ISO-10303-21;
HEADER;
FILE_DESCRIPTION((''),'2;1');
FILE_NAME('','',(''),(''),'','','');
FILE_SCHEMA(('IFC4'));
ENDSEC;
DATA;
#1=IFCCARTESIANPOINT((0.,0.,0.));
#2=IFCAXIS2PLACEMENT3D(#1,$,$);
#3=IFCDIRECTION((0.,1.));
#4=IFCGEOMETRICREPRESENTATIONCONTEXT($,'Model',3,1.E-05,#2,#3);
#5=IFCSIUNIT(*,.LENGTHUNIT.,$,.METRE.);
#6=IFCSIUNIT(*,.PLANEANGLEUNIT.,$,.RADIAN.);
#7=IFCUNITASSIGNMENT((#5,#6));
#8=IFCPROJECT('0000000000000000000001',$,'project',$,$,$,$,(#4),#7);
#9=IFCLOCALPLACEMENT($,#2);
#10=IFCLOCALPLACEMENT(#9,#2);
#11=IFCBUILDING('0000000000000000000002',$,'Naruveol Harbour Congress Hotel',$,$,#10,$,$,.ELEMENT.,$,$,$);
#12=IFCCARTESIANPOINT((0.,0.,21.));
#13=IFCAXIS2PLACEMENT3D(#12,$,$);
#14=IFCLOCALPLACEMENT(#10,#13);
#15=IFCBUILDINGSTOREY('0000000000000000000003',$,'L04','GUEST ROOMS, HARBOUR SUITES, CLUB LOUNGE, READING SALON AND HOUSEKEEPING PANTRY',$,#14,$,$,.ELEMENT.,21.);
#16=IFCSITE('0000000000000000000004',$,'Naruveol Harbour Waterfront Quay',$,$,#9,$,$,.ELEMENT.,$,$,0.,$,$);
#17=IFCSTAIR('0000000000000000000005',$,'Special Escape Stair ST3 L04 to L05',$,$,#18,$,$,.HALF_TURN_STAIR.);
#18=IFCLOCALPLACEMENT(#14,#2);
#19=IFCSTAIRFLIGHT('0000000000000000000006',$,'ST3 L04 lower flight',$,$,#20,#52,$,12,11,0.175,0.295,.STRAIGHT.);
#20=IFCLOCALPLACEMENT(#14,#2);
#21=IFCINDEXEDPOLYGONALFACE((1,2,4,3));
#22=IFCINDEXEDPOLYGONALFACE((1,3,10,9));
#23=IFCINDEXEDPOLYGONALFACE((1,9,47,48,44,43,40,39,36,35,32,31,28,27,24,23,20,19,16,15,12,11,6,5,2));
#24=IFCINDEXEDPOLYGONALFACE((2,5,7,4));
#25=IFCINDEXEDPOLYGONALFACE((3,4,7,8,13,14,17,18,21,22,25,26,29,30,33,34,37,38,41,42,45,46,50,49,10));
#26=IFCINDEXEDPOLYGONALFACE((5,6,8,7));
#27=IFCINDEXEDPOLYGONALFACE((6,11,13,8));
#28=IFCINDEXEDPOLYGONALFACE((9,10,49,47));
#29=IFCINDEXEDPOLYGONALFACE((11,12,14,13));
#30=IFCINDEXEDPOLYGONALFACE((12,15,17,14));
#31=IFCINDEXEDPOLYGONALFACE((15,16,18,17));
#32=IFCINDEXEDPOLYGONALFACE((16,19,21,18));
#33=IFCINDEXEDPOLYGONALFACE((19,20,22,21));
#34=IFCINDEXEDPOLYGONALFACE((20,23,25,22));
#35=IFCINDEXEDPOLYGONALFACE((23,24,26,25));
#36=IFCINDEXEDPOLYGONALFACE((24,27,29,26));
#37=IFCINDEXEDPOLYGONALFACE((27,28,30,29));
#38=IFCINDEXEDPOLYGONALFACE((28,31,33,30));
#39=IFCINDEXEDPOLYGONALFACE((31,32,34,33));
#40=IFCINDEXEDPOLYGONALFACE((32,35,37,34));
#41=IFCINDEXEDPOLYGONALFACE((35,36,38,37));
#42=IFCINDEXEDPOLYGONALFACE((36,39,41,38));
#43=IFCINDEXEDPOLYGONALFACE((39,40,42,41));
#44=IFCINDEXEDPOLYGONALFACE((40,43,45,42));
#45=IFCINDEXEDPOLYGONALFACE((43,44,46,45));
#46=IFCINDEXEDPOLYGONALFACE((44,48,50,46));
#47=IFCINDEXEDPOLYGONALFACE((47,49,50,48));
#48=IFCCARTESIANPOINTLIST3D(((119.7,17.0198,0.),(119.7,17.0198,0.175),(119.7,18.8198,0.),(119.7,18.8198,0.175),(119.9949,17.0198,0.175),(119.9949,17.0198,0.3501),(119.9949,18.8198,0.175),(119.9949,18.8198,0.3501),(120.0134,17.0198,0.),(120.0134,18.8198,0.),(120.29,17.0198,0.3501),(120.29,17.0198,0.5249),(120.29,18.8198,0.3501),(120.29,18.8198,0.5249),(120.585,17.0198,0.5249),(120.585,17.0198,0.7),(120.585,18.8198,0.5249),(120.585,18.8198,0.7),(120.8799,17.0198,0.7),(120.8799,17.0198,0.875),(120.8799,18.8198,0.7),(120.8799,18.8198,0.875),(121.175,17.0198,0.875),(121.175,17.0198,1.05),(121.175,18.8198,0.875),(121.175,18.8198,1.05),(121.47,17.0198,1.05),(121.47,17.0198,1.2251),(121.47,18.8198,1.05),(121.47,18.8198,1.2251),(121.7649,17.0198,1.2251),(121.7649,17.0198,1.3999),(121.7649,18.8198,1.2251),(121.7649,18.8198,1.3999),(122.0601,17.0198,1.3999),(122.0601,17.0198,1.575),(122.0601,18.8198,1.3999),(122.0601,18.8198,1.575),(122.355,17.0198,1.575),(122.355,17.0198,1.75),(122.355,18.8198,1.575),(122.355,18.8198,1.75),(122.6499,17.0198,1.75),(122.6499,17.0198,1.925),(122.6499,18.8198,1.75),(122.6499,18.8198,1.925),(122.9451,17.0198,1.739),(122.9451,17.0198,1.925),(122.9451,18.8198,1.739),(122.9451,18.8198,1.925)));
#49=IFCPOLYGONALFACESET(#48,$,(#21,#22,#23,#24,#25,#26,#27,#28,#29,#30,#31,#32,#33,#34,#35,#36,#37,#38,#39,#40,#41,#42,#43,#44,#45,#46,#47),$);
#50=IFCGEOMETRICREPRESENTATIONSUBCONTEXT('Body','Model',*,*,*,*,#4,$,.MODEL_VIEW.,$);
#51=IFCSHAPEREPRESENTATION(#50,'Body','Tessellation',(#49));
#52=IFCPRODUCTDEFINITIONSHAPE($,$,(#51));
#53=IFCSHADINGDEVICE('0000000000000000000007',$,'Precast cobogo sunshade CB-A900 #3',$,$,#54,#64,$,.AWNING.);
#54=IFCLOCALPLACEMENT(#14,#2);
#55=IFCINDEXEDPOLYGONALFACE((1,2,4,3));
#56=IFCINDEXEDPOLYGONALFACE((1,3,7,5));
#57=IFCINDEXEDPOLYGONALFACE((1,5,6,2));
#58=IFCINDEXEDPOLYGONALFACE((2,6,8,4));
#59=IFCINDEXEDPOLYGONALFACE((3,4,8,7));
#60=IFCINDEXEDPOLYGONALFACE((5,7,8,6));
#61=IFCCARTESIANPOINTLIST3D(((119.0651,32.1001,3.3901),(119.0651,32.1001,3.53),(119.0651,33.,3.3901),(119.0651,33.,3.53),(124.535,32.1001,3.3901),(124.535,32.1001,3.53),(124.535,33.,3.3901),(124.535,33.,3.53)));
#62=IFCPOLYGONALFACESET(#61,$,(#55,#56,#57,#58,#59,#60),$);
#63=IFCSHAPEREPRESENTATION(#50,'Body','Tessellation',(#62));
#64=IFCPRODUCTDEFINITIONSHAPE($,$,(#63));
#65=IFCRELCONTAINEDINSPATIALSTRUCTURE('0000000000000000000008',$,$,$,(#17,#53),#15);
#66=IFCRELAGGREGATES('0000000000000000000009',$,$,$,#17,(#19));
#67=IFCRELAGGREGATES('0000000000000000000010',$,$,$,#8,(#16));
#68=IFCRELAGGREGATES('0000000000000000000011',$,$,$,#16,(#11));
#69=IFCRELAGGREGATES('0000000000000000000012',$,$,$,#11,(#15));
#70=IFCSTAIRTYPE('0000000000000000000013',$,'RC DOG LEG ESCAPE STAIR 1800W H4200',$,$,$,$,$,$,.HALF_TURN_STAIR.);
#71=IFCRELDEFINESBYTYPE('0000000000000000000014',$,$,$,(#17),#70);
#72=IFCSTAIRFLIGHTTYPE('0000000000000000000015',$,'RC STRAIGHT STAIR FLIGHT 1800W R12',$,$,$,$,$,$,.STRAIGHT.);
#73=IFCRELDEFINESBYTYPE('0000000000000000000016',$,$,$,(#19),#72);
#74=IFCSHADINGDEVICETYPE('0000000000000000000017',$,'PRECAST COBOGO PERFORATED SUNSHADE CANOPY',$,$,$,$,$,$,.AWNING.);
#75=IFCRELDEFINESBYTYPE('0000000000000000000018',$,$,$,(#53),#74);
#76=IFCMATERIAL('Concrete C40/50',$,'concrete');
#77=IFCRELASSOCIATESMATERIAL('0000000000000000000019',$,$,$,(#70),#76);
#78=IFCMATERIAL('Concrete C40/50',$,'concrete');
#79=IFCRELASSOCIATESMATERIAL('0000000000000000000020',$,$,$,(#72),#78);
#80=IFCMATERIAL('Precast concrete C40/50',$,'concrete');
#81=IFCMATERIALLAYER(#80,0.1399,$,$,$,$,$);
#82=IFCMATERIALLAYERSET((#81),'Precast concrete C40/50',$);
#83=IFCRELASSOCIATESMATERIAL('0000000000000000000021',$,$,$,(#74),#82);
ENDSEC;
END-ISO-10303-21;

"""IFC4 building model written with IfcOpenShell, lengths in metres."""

from ifc_helpers import new_model, si_unit, direction, frame, origin, origin_2d, place, context, subcontext, project, spatial, polyline, rectangle, outline, extrude, material, layer, layer_set, type_object, element, aggregate, save


model = new_model("IFC4")

# Units and contexts
model_context = context("Model", 3, precision=1e-05, world=origin(), true_north=direction((0.0, 1.0)))
body_context = subcontext(model_context, "Body", "Model", "MODEL_VIEW")
ifc_project = project(units=[si_unit("LENGTHUNIT", "METRE"), si_unit("PLANEANGLEUNIT", "RADIAN")], contexts=[model_context])

# Site, building, storey
site_placement = place(None, origin())
site = spatial("IfcSite", under=ifc_project, at=site_placement, Name="Naruveol Harbour Waterfront Quay", CompositionType="ELEMENT", RefElevation=0.0)
building_placement = place(site_placement, origin())
building = spatial("IfcBuilding", under=site, at=building_placement, Name="Naruveol Harbour Congress Hotel", CompositionType="ELEMENT")
storey_placement = place(building_placement, frame((0.0, 0.0, 21.0)))
storey = spatial("IfcBuildingStorey", under=building, at=storey_placement, Name="L04", Description="GUEST ROOMS, HARBOUR SUITES, CLUB LOUNGE, READING SALON AND HOUSEKEEPING PANTRY", CompositionType="ELEMENT", Elevation=21.0)

# Stair, stair flight
ifc_material_1 = material(Name="Concrete C40/50", Category="concrete")
stair_type = type_object("IfcStairType", Name="RC DOG LEG ESCAPE STAIR 1800W H4200", PredefinedType="HALF_TURN_STAIR", material=ifc_material_1)
stair_placement = place(storey_placement, origin())
stair = element("IfcStair", 1, at=stair_placement, inside=storey, type_object=stair_type, Name="Special Escape Stair ST3 L04 to L05", PredefinedType="HALF_TURN_STAIR")
ifc_material_2 = material(Name="Concrete C40/50", Category="concrete")
stair_flight_type = type_object("IfcStairFlightType", Name="RC STRAIGHT STAIR FLIGHT 1800W R12", PredefinedType="STRAIGHT", material=ifc_material_2)
stair_flight_placement = place(storey_placement, frame((119.7, 17.9199, 0.0), z_axis=(0.0, 0.0, 1.0), x_axis=(1.0, 0.0, 0.0)))
stair_flight = element("IfcStairFlight", 2, at=stair_flight_placement, type_object=stair_flight_type, Name="ST3 L04 lower flight", NumberOfRisers=12, NumberOfTreads=11, PredefinedType="STRAIGHT", RiserHeight=0.175, TreadLength=0.295, context=body_context, shape_type="SweptSolid", body=[
    extrude(outline(polyline([(0.0, 0.0), (0.0, 0.175), (0.2949, 0.175), (0.2949, 0.3501), (0.5901, 0.3501), (0.5901, 0.5249), (0.885, 0.5249), (0.885, 0.7), (1.1799, 0.7), (1.1799, 0.875), (1.4751, 0.875), (1.4751, 1.05), (1.77, 1.05), (1.77, 1.2251), (2.0649, 1.2251), (2.0649, 1.3999), (2.3601, 1.3999), (2.3601, 1.575), (2.655, 1.575), (2.655, 1.75), (2.95, 1.75), (2.95, 1.925), (3.2451, 1.925), (3.2451, 2.1001), (3.2451, 1.739), (0.3135, 0.0), (0.0, 0.0)])), frame((0.0, 0.8999, 0.0), z_axis=(0.0, -1.0, 0.0), x_axis=(1.0, 0.0, 0.0)), (0.0, 0.0, 1.0), 1.8),
])
aggregate(stair, [stair_flight])

# Shading device
ifc_material_3 = material(Name="Precast concrete C40/50", Category="concrete")
ifc_layer_1 = layer(ifc_material_3, 0.1399)
ifc_layer_set_1 = layer_set([ifc_layer_1], Name="Precast concrete C40/50")
shading_device_type = type_object("IfcShadingDeviceType", Name="PRECAST COBOGO PERFORATED SUNSHADE CANOPY", PredefinedType="AWNING", material=ifc_layer_set_1)
shading_device_placement = place(storey_placement, frame((121.8, 32.55, 3.3901), z_axis=(0.0, 0.0, 1.0), x_axis=(1.0, 0.0, 0.0)))
element("IfcShadingDevice", 3, at=shading_device_placement, inside=storey, type_object=shading_device_type, Name="Precast cobogo sunshade CB-A900 #3", PredefinedType="AWNING", context=body_context, shape_type="SweptSolid", body=[
    extrude(rectangle(XDim=5.47, YDim=0.8999, at=origin_2d()), origin(), (0.0, 0.0, 1.0), 0.1399),
])

save(model, "model.ifc")
